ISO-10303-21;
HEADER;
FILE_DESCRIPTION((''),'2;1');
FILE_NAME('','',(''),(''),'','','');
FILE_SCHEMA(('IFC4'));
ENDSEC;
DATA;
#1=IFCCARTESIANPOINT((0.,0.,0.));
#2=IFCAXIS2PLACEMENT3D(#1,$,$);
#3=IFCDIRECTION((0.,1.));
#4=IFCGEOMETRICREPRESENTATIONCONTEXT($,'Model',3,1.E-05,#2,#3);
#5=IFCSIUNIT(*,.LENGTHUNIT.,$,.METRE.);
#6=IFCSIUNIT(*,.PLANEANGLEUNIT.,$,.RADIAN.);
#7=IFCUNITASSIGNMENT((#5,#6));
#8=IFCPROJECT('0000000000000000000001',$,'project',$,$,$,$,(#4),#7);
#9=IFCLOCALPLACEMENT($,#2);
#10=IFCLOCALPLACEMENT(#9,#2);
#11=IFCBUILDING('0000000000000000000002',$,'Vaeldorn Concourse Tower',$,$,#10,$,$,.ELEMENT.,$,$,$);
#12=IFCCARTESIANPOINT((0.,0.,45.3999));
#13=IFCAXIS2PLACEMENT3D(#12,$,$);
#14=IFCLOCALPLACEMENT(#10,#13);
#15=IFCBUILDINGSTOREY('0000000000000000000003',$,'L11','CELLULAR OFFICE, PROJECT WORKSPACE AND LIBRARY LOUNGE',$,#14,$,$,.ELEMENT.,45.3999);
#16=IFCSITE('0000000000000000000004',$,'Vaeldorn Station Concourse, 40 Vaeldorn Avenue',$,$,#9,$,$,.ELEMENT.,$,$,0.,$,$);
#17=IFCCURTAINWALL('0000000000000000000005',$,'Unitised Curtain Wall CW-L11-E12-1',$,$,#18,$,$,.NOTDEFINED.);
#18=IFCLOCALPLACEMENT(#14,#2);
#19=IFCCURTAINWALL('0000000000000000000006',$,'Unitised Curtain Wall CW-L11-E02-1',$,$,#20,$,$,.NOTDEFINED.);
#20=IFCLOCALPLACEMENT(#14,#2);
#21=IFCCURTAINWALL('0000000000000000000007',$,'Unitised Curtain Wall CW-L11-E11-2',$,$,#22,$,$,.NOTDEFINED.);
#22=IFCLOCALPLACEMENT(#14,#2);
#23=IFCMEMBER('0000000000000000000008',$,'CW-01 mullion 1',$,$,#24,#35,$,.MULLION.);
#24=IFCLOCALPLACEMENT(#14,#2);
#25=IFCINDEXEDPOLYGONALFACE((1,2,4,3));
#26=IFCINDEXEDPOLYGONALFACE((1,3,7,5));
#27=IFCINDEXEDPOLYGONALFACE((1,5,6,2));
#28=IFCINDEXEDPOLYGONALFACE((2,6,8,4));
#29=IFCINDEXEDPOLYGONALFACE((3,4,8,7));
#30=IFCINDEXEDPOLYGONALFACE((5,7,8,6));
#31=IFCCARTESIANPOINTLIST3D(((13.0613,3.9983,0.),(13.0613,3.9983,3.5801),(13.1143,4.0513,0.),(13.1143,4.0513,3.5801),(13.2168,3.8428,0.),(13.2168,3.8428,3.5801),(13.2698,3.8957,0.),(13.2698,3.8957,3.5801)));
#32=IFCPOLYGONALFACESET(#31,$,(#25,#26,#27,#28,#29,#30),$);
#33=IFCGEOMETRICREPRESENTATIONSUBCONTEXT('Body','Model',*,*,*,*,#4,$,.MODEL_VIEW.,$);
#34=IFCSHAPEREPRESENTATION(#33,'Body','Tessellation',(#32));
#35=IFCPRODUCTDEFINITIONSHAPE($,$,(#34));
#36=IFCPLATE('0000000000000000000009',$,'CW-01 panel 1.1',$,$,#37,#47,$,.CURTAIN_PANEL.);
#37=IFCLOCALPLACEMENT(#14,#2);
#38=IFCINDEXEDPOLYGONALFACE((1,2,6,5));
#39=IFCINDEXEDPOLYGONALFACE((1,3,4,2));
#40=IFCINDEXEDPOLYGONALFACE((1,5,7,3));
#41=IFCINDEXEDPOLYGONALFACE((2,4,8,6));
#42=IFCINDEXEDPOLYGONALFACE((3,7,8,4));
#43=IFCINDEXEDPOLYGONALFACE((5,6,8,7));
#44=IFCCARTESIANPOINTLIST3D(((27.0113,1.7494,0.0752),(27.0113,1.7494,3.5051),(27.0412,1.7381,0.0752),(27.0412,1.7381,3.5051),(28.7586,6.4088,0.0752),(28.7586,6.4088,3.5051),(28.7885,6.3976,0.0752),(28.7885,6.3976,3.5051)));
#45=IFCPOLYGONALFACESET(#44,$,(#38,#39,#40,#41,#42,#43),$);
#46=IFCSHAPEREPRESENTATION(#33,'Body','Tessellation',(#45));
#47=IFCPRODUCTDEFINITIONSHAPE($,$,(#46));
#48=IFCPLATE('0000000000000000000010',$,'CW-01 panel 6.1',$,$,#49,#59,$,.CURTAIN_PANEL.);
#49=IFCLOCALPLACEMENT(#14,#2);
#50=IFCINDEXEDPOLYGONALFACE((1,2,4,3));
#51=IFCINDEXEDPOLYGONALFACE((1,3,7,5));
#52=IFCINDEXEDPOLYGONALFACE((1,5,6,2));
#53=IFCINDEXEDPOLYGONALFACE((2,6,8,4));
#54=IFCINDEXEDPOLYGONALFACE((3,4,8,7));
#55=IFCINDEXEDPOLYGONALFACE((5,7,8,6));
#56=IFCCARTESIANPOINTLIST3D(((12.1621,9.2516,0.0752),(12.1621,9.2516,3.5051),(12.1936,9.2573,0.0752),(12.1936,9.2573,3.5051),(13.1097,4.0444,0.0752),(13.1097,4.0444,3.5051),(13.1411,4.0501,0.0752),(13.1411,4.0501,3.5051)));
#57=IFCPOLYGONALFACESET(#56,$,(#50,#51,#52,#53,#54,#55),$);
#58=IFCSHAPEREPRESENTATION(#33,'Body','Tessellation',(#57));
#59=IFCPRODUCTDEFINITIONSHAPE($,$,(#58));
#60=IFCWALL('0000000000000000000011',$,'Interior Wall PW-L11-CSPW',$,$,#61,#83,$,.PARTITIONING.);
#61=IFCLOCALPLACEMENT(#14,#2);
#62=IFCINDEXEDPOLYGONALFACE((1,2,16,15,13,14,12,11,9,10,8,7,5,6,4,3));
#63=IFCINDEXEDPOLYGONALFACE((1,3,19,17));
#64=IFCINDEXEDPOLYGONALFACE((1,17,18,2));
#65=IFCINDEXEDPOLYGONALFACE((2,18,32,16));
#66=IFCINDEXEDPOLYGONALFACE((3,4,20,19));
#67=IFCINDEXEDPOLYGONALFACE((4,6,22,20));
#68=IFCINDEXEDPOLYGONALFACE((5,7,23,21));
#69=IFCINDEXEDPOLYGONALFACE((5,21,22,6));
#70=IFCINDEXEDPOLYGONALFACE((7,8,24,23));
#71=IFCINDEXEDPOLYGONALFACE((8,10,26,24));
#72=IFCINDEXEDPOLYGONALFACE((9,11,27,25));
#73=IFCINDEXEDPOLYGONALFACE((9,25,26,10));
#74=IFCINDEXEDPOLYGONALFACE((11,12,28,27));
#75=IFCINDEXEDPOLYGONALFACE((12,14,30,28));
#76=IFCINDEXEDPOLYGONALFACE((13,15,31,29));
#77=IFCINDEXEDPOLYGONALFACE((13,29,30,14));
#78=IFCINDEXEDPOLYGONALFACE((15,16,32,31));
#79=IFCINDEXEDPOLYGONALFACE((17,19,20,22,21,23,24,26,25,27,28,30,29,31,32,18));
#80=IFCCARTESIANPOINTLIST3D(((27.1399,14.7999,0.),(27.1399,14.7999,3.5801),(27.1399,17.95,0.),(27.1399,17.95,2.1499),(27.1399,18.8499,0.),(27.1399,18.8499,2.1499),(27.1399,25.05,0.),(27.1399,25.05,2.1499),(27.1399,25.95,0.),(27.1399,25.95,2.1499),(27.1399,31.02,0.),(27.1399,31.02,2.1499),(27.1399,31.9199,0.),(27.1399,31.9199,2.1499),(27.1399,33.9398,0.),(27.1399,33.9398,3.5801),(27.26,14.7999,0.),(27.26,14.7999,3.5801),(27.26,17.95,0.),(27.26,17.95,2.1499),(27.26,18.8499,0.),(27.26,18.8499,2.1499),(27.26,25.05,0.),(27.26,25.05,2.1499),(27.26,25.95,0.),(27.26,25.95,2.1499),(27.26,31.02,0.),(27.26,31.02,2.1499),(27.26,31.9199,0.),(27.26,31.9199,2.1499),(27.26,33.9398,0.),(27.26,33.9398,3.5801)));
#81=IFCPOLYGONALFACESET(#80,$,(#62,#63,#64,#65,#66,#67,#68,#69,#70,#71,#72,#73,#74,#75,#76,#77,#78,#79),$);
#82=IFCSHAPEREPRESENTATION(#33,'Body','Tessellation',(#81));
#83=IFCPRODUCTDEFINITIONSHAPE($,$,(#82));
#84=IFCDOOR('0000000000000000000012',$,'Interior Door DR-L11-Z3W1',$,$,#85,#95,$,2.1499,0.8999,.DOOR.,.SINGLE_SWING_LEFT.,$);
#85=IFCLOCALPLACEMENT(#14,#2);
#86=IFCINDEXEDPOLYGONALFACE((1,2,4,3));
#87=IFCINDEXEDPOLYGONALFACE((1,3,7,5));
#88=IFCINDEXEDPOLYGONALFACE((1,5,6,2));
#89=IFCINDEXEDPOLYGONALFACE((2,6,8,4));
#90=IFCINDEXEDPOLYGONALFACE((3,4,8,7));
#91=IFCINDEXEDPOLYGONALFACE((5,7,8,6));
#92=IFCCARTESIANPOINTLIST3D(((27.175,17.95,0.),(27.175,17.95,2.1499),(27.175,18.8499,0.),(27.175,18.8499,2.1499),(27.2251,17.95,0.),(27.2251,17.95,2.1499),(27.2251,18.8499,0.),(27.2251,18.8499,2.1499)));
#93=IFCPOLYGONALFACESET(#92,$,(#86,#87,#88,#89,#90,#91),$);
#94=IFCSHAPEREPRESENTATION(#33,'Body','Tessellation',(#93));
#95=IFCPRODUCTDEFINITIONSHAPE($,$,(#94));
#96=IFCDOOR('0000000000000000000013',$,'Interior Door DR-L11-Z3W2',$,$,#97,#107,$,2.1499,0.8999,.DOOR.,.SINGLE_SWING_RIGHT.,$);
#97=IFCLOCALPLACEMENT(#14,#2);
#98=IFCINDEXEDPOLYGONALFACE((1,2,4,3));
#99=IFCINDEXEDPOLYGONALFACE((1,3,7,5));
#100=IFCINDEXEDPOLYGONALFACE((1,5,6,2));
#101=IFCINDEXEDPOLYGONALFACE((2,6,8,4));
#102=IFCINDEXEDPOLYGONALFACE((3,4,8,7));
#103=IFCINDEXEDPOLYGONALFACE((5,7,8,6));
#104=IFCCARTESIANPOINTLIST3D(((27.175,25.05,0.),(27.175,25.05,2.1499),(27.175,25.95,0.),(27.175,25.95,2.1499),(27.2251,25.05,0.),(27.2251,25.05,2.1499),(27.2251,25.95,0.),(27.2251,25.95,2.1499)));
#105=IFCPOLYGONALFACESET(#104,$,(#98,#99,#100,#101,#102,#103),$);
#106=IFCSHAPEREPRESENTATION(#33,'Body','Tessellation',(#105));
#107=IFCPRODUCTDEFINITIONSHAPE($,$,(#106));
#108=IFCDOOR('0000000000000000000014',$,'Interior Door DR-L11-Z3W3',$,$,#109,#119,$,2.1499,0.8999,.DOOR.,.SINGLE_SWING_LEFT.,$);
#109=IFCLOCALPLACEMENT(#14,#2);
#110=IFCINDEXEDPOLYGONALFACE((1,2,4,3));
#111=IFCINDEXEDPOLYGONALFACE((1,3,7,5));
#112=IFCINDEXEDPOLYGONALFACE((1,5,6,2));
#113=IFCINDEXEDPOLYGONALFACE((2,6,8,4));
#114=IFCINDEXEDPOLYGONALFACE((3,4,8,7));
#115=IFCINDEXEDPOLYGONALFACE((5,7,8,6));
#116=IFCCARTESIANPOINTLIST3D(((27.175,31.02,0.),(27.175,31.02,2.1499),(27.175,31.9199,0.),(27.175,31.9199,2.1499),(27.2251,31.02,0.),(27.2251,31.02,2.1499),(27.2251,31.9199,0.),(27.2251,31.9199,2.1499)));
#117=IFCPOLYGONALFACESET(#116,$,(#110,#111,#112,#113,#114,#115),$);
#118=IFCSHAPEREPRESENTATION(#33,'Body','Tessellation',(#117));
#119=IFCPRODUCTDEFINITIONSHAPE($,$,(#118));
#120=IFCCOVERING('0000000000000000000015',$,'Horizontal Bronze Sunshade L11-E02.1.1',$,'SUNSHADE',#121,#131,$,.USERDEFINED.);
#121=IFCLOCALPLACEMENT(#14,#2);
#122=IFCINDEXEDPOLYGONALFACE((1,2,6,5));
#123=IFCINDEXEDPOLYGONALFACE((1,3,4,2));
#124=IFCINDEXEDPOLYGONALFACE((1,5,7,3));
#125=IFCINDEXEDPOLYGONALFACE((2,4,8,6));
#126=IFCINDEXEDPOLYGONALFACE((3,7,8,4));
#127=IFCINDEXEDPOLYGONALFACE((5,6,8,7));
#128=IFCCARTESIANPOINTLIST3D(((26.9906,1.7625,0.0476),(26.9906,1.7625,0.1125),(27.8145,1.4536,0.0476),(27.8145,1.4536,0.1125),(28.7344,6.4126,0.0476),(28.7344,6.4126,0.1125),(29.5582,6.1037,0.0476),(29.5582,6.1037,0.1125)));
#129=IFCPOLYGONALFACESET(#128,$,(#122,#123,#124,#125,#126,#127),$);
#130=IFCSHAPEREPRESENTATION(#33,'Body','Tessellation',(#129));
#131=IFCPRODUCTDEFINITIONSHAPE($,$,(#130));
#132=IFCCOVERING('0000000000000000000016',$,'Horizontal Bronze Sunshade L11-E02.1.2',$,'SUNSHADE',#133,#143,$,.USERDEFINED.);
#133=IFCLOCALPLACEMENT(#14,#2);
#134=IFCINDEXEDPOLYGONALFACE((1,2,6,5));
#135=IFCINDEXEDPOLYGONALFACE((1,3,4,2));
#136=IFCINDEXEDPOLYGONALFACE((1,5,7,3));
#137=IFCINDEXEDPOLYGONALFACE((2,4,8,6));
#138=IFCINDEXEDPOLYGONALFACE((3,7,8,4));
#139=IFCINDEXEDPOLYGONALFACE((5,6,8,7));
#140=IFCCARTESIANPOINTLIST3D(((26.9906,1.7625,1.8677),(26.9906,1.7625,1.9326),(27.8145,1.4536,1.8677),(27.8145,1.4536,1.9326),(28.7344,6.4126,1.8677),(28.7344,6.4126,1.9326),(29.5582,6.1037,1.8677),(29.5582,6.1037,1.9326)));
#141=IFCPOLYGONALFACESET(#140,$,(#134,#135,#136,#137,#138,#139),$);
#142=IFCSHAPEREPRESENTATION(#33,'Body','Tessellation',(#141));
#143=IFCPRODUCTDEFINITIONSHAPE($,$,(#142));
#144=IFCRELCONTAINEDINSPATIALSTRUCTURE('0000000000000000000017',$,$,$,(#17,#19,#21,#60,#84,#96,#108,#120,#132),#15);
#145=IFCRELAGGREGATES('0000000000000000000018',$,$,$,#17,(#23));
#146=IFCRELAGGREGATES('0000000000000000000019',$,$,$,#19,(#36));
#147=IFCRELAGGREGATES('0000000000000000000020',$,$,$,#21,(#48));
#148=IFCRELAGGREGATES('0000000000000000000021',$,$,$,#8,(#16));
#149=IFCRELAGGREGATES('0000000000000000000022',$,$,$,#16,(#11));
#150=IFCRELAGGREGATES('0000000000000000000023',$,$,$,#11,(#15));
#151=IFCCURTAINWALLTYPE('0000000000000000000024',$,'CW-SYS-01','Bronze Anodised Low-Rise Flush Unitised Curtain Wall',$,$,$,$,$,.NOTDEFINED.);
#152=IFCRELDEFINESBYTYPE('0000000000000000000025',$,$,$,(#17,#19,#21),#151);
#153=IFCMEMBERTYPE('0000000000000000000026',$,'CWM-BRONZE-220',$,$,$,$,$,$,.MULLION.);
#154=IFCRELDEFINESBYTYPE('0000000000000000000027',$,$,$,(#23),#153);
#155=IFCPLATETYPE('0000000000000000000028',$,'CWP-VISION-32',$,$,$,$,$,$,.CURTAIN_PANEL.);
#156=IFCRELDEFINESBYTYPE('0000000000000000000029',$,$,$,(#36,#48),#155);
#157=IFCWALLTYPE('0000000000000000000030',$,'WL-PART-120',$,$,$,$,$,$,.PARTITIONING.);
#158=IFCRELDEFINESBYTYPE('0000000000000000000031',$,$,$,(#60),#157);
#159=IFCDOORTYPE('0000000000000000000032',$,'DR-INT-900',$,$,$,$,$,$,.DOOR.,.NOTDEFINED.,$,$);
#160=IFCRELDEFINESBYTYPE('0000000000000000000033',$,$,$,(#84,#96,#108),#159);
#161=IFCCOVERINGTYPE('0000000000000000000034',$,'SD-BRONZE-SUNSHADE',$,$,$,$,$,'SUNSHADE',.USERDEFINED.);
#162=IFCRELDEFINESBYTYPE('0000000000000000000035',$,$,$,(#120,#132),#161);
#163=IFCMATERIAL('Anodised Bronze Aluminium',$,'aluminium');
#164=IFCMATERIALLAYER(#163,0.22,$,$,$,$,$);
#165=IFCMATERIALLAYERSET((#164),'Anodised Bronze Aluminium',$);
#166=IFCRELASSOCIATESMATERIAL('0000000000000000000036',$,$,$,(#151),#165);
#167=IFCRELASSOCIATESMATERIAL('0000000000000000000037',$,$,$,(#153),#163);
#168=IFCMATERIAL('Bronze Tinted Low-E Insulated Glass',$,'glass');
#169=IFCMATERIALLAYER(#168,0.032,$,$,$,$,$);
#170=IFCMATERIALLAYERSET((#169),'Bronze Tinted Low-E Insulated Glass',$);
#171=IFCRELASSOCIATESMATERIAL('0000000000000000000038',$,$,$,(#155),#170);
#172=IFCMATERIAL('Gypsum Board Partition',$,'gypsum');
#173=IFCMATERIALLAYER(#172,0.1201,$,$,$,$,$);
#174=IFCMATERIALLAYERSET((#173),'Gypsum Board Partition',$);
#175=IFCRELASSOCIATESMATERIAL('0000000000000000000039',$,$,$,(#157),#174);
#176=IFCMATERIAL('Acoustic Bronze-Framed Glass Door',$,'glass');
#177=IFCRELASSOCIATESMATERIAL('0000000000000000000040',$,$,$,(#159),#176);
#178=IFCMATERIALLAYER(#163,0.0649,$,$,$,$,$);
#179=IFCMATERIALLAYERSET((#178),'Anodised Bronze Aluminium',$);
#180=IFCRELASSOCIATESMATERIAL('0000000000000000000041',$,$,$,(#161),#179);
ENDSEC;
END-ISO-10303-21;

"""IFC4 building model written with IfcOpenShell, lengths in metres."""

from ifc_helpers import new_model, si_unit, direction, frame, frame_2d, origin, origin_2d, place, context, subcontext, project, spatial, rectangle, extrude, source, transform, mapped, material, layer, layer_set, material_profile, profile_set, type_object, element, fill, aggregate, save


model = new_model("IFC4")

# Units and contexts
model_context = context("Model", 3, precision=1e-05, world=origin(), true_north=direction((0.0, 1.0)))
body_context = subcontext(model_context, "Body", "Model", "MODEL_VIEW")
ifc_project = project(units=[si_unit("LENGTHUNIT", "METRE"), si_unit("PLANEANGLEUNIT", "RADIAN")], contexts=[model_context])

# Site, building, storey
site_placement = place(None, origin())
site = spatial("IfcSite", under=ifc_project, at=site_placement, Name="Vaeldorn Station Concourse, 40 Vaeldorn Avenue", CompositionType="ELEMENT", RefElevation=0.0)
building_placement = place(site_placement, origin())
building = spatial("IfcBuilding", under=site, at=building_placement, Name="Vaeldorn Concourse Tower", CompositionType="ELEMENT")
storey_placement = place(building_placement, frame((0.0, 0.0, 45.3999)))
storey = spatial("IfcBuildingStorey", under=building, at=storey_placement, Name="L11", Description="CELLULAR OFFICE, PROJECT WORKSPACE AND LIBRARY LOUNGE", CompositionType="ELEMENT", Elevation=45.3999)

# Curtain wall
ifc_material_1 = material(Name="Anodised Bronze Aluminium", Category="aluminium")
ifc_layer_1 = layer(ifc_material_1, 0.22)
ifc_layer_set_1 = layer_set([ifc_layer_1], Name="Anodised Bronze Aluminium")
curtain_wall_type = type_object("IfcCurtainWallType", Name="CW-SYS-01", Description="Bronze Anodised Low-Rise Flush Unitised Curtain Wall", PredefinedType="NOTDEFINED", material=ifc_layer_set_1)
curtain_wall_1_placement = place(storey_placement, origin())
curtain_wall_1 = element("IfcCurtainWall", 1, at=curtain_wall_1_placement, inside=storey, type_object=curtain_wall_type, Name="Unitised Curtain Wall CW-L11-E12-1", PredefinedType="NOTDEFINED")

# Curtain wall
curtain_wall_2_placement = place(storey_placement, origin())
curtain_wall_2 = element("IfcCurtainWall", 2, at=curtain_wall_2_placement, inside=storey, type_object=curtain_wall_type, Name="Unitised Curtain Wall CW-L11-E02-1", PredefinedType="NOTDEFINED")
ifc_material_profile_1 = material_profile(ifc_material_1, rectangle(XDim=0.075, YDim=0.22, at=origin_2d()), Name="CWM 75x220")
ifc_profile_set_1 = profile_set([ifc_material_profile_1], Name="Anodised Bronze Aluminium")
member_type_1 = type_object("IfcMemberType", Name="CWM-BRONZE-220", PredefinedType="MULLION", material=ifc_profile_set_1)
shared_shape_1 = source(origin(), body_context, "Body", "SweptSolid", [
    extrude(rectangle(XDim=0.075, YDim=0.22, at=origin_2d()), origin(), (0.0, 0.0, 1.0), 3.5801),
])

# Curtain wall
curtain_wall_3_placement = place(storey_placement, origin())
curtain_wall_3 = element("IfcCurtainWall", 3, at=curtain_wall_3_placement, inside=storey, type_object=curtain_wall_type, Name="Unitised Curtain Wall CW-L11-E11-2", PredefinedType="NOTDEFINED")

# Member
member_1_placement = place(storey_placement, frame((13.1655, 3.947, 0.0), z_axis=(0.0, 0.0, 1.0), x_axis=(0.707107, 0.707107, 0.0)))
member_1 = element("IfcMember", 4, at=member_1_placement, type_object=member_type_1, Name="CW-01 mullion 1", PredefinedType="MULLION", context=body_context, shape_type="MappedRepresentation", body=[
    mapped(shared_shape_1, transform((0.0, 0.0, 0.0), scale=1.0)),
])
aggregate(curtain_wall_1, [member_1])

# Plates
ifc_material_2 = material(Name="Bronze Tinted Low-E Insulated Glass", Category="glass")
ifc_layer_2 = layer(ifc_material_2, 0.032)
ifc_layer_set_2 = layer_set([ifc_layer_2], Name="Bronze Tinted Low-E Insulated Glass")
plate_type = type_object("IfcPlateType", Name="CWP-VISION-32", PredefinedType="CURTAIN_PANEL", material=ifc_layer_set_2)
shared_shape_2 = source(origin(), body_context, "Body", "SweptSolid", [
    extrude(rectangle(XDim=4.9763, YDim=0.032, at=origin_2d()), origin(), (0.0, 0.0, 1.0), 3.4299),
])
plate_1_placement = place(storey_placement, frame((27.8999, 4.0735, 0.0752), z_axis=(0.0, 0.0, 1.0), x_axis=(0.351123, 0.936329, 0.0)))
plate_1 = element("IfcPlate", 5, at=plate_1_placement, type_object=plate_type, Name="CW-01 panel 1.1", PredefinedType="CURTAIN_PANEL", context=body_context, shape_type="MappedRepresentation", body=[
    mapped(shared_shape_2, transform((0.0, 0.0, 0.0), scale=1.0)),
])
aggregate(curtain_wall_2, [plate_1])
shared_shape_3 = source(origin(), body_context, "Body", "SweptSolid", [
    extrude(rectangle(XDim=5.2927, YDim=0.032, at=origin_2d()), origin(), (0.0, 0.0, 1.0), 3.4299),
])
plate_2_placement = place(storey_placement, frame((12.6516, 6.6509, 0.0752), z_axis=(0.0, 0.0, 1.0), x_axis=(0.17903, -0.983844, 0.0)))
plate_2 = element("IfcPlate", 6, at=plate_2_placement, type_object=plate_type, Name="CW-01 panel 6.1", PredefinedType="CURTAIN_PANEL", context=body_context, shape_type="MappedRepresentation", body=[
    mapped(shared_shape_3, transform((0.0, 0.0, 0.0), scale=1.0)),
])
aggregate(curtain_wall_3, [plate_2])

# Wall, openings, doors
ifc_material_3 = material(Name="Gypsum Board Partition", Category="gypsum")
ifc_layer_3 = layer(ifc_material_3, 0.1201)
ifc_layer_set_3 = layer_set([ifc_layer_3], Name="Gypsum Board Partition")
wall_type = type_object("IfcWallType", Name="WL-PART-120", PredefinedType="PARTITIONING", material=ifc_layer_set_3)
wall_1_placement = place(storey_placement, frame((27.2, 14.8, 0.0), z_axis=(0.0, 0.0, 1.0), x_axis=(0.0, 1.0, 0.0)))
wall_1 = element("IfcWall", 7, at=wall_1_placement, inside=storey, type_object=wall_type, Name="Interior Wall PW-L11-CSPW", PredefinedType="PARTITIONING", context=body_context, shape_type="SweptSolid", body=[
    extrude(rectangle(XDim=19.1399, YDim=0.1201, at=frame_2d((9.5698, 0.0))), origin(), (0.0, 0.0, 1.0), 3.5801),
])
opening_1_placement = place(wall_1_placement, frame((3.1499, 0.0, 0.0)))
opening_1 = element("IfcOpeningElement", 8, at=opening_1_placement, cuts=wall_1, PredefinedType="OPENING", context=body_context, shape_type="SweptSolid", body=[
    extrude(rectangle(XDim=0.8999, YDim=2.1499, at=frame_2d((0.45, 1.075))), frame((0.0, 0.0701, 0.0), z_axis=(0.0, -1.0, 0.0), x_axis=(1.0, 0.0, 0.0)), (0.0, 0.0, 1.0), 0.1401),
])
opening_2_placement = place(wall_1_placement, frame((10.25, 0.0, 0.0)))
opening_2 = element("IfcOpeningElement", 9, at=opening_2_placement, cuts=wall_1, PredefinedType="OPENING", context=body_context, shape_type="SweptSolid", body=[
    extrude(rectangle(XDim=0.8999, YDim=2.1499, at=frame_2d((0.45, 1.075))), frame((0.0, 0.0701, 0.0), z_axis=(0.0, -1.0, 0.0), x_axis=(1.0, 0.0, 0.0)), (0.0, 0.0, 1.0), 0.1401),
])
opening_3_placement = place(wall_1_placement, frame((16.22, 0.0, 0.0)))
opening_3 = element("IfcOpeningElement", 10, at=opening_3_placement, cuts=wall_1, PredefinedType="OPENING", context=body_context, shape_type="SweptSolid", body=[
    extrude(rectangle(XDim=0.8999, YDim=2.1499, at=frame_2d((0.45, 1.075))), frame((0.0, 0.0701, 0.0), z_axis=(0.0, -1.0, 0.0), x_axis=(1.0, 0.0, 0.0)), (0.0, 0.0, 1.0), 0.1401),
])
ifc_material_4 = material(Name="Acoustic Bronze-Framed Glass Door", Category="glass")
door_type = type_object("IfcDoorType", Name="DR-INT-900", OperationType="NOTDEFINED", PredefinedType="DOOR", material=ifc_material_4)
shared_shape_4 = source(origin(), body_context, "Body", "SweptSolid", [
    extrude(rectangle(XDim=0.8999, YDim=2.1499, at=frame_2d((0.45, 1.075))), frame((0.0, 0.0249, 0.0), z_axis=(0.0, -1.0, 0.0), x_axis=(1.0, 0.0, 0.0)), (0.0, 0.0, 1.0), 0.05),
])
door_1_placement = place(opening_1_placement, origin())
door_1 = element("IfcDoor", 11, at=door_1_placement, inside=storey, type_object=door_type, Name="Interior Door DR-L11-Z3W1", OperationType="SINGLE_SWING_LEFT", OverallHeight=2.1499, OverallWidth=0.8999, PredefinedType="DOOR", context=body_context, shape_type="MappedRepresentation", body=[
    mapped(shared_shape_4, transform((0.0, 0.0, 0.0), scale=1.0)),
])
fill(opening_1, door_1)
door_2_placement = place(opening_2_placement, origin())
door_2 = element("IfcDoor", 12, at=door_2_placement, inside=storey, type_object=door_type, Name="Interior Door DR-L11-Z3W2", OperationType="SINGLE_SWING_RIGHT", OverallHeight=2.1499, OverallWidth=0.8999, PredefinedType="DOOR", context=body_context, shape_type="MappedRepresentation", body=[
    mapped(shared_shape_4, transform((0.0, 0.0, 0.0), scale=1.0)),
])
fill(opening_2, door_2)
door_3_placement = place(opening_3_placement, origin())
door_3 = element("IfcDoor", 13, at=door_3_placement, inside=storey, type_object=door_type, Name="Interior Door DR-L11-Z3W3", OperationType="SINGLE_SWING_LEFT", OverallHeight=2.1499, OverallWidth=0.8999, PredefinedType="DOOR", context=body_context, shape_type="MappedRepresentation", body=[
    mapped(shared_shape_4, transform((0.0, 0.0, 0.0), scale=1.0)),
])
fill(opening_3, door_3)

# Coverings
ifc_layer_4 = layer(ifc_material_1, 0.0649)
ifc_layer_set_4 = layer_set([ifc_layer_4], Name="Anodised Bronze Aluminium")
covering_type = type_object("IfcCoveringType", Name="SD-BRONZE-SUNSHADE", ElementType="SUNSHADE", PredefinedType="USERDEFINED", material=ifc_layer_set_4)
shared_shape_5 = source(origin(), body_context, "Body", "SweptSolid", [
    extrude(rectangle(XDim=4.9663, YDim=0.8799, at=origin_2d()), origin(), (0.0, 0.0, 1.0), 0.0649),
])
for number, where, z_axis, x_axis, name in (
    (14, (28.2744, 3.9331, 0.0476), (0.0, 0.0, 1.0), (0.351123, 0.936329, 0.0), "Horizontal Bronze Sunshade L11-E02.1.1"),
    (15, (28.2744, 3.9331, 1.8677), (0.0, 0.0, 1.0), (0.351123, 0.936329, 0.0), "Horizontal Bronze Sunshade L11-E02.1.2"),
):
    element("IfcCovering", number, at=place(storey_placement, frame(where, z_axis=z_axis, x_axis=x_axis)), inside=storey, type_object=covering_type, Name=name, ObjectType="SUNSHADE", PredefinedType="USERDEFINED", context=body_context, shape_type="MappedRepresentation", body=[
        mapped(shared_shape_5, transform((0.0, 0.0, 0.0), scale=1.0)),
    ])

save(model, "model.ifc")
